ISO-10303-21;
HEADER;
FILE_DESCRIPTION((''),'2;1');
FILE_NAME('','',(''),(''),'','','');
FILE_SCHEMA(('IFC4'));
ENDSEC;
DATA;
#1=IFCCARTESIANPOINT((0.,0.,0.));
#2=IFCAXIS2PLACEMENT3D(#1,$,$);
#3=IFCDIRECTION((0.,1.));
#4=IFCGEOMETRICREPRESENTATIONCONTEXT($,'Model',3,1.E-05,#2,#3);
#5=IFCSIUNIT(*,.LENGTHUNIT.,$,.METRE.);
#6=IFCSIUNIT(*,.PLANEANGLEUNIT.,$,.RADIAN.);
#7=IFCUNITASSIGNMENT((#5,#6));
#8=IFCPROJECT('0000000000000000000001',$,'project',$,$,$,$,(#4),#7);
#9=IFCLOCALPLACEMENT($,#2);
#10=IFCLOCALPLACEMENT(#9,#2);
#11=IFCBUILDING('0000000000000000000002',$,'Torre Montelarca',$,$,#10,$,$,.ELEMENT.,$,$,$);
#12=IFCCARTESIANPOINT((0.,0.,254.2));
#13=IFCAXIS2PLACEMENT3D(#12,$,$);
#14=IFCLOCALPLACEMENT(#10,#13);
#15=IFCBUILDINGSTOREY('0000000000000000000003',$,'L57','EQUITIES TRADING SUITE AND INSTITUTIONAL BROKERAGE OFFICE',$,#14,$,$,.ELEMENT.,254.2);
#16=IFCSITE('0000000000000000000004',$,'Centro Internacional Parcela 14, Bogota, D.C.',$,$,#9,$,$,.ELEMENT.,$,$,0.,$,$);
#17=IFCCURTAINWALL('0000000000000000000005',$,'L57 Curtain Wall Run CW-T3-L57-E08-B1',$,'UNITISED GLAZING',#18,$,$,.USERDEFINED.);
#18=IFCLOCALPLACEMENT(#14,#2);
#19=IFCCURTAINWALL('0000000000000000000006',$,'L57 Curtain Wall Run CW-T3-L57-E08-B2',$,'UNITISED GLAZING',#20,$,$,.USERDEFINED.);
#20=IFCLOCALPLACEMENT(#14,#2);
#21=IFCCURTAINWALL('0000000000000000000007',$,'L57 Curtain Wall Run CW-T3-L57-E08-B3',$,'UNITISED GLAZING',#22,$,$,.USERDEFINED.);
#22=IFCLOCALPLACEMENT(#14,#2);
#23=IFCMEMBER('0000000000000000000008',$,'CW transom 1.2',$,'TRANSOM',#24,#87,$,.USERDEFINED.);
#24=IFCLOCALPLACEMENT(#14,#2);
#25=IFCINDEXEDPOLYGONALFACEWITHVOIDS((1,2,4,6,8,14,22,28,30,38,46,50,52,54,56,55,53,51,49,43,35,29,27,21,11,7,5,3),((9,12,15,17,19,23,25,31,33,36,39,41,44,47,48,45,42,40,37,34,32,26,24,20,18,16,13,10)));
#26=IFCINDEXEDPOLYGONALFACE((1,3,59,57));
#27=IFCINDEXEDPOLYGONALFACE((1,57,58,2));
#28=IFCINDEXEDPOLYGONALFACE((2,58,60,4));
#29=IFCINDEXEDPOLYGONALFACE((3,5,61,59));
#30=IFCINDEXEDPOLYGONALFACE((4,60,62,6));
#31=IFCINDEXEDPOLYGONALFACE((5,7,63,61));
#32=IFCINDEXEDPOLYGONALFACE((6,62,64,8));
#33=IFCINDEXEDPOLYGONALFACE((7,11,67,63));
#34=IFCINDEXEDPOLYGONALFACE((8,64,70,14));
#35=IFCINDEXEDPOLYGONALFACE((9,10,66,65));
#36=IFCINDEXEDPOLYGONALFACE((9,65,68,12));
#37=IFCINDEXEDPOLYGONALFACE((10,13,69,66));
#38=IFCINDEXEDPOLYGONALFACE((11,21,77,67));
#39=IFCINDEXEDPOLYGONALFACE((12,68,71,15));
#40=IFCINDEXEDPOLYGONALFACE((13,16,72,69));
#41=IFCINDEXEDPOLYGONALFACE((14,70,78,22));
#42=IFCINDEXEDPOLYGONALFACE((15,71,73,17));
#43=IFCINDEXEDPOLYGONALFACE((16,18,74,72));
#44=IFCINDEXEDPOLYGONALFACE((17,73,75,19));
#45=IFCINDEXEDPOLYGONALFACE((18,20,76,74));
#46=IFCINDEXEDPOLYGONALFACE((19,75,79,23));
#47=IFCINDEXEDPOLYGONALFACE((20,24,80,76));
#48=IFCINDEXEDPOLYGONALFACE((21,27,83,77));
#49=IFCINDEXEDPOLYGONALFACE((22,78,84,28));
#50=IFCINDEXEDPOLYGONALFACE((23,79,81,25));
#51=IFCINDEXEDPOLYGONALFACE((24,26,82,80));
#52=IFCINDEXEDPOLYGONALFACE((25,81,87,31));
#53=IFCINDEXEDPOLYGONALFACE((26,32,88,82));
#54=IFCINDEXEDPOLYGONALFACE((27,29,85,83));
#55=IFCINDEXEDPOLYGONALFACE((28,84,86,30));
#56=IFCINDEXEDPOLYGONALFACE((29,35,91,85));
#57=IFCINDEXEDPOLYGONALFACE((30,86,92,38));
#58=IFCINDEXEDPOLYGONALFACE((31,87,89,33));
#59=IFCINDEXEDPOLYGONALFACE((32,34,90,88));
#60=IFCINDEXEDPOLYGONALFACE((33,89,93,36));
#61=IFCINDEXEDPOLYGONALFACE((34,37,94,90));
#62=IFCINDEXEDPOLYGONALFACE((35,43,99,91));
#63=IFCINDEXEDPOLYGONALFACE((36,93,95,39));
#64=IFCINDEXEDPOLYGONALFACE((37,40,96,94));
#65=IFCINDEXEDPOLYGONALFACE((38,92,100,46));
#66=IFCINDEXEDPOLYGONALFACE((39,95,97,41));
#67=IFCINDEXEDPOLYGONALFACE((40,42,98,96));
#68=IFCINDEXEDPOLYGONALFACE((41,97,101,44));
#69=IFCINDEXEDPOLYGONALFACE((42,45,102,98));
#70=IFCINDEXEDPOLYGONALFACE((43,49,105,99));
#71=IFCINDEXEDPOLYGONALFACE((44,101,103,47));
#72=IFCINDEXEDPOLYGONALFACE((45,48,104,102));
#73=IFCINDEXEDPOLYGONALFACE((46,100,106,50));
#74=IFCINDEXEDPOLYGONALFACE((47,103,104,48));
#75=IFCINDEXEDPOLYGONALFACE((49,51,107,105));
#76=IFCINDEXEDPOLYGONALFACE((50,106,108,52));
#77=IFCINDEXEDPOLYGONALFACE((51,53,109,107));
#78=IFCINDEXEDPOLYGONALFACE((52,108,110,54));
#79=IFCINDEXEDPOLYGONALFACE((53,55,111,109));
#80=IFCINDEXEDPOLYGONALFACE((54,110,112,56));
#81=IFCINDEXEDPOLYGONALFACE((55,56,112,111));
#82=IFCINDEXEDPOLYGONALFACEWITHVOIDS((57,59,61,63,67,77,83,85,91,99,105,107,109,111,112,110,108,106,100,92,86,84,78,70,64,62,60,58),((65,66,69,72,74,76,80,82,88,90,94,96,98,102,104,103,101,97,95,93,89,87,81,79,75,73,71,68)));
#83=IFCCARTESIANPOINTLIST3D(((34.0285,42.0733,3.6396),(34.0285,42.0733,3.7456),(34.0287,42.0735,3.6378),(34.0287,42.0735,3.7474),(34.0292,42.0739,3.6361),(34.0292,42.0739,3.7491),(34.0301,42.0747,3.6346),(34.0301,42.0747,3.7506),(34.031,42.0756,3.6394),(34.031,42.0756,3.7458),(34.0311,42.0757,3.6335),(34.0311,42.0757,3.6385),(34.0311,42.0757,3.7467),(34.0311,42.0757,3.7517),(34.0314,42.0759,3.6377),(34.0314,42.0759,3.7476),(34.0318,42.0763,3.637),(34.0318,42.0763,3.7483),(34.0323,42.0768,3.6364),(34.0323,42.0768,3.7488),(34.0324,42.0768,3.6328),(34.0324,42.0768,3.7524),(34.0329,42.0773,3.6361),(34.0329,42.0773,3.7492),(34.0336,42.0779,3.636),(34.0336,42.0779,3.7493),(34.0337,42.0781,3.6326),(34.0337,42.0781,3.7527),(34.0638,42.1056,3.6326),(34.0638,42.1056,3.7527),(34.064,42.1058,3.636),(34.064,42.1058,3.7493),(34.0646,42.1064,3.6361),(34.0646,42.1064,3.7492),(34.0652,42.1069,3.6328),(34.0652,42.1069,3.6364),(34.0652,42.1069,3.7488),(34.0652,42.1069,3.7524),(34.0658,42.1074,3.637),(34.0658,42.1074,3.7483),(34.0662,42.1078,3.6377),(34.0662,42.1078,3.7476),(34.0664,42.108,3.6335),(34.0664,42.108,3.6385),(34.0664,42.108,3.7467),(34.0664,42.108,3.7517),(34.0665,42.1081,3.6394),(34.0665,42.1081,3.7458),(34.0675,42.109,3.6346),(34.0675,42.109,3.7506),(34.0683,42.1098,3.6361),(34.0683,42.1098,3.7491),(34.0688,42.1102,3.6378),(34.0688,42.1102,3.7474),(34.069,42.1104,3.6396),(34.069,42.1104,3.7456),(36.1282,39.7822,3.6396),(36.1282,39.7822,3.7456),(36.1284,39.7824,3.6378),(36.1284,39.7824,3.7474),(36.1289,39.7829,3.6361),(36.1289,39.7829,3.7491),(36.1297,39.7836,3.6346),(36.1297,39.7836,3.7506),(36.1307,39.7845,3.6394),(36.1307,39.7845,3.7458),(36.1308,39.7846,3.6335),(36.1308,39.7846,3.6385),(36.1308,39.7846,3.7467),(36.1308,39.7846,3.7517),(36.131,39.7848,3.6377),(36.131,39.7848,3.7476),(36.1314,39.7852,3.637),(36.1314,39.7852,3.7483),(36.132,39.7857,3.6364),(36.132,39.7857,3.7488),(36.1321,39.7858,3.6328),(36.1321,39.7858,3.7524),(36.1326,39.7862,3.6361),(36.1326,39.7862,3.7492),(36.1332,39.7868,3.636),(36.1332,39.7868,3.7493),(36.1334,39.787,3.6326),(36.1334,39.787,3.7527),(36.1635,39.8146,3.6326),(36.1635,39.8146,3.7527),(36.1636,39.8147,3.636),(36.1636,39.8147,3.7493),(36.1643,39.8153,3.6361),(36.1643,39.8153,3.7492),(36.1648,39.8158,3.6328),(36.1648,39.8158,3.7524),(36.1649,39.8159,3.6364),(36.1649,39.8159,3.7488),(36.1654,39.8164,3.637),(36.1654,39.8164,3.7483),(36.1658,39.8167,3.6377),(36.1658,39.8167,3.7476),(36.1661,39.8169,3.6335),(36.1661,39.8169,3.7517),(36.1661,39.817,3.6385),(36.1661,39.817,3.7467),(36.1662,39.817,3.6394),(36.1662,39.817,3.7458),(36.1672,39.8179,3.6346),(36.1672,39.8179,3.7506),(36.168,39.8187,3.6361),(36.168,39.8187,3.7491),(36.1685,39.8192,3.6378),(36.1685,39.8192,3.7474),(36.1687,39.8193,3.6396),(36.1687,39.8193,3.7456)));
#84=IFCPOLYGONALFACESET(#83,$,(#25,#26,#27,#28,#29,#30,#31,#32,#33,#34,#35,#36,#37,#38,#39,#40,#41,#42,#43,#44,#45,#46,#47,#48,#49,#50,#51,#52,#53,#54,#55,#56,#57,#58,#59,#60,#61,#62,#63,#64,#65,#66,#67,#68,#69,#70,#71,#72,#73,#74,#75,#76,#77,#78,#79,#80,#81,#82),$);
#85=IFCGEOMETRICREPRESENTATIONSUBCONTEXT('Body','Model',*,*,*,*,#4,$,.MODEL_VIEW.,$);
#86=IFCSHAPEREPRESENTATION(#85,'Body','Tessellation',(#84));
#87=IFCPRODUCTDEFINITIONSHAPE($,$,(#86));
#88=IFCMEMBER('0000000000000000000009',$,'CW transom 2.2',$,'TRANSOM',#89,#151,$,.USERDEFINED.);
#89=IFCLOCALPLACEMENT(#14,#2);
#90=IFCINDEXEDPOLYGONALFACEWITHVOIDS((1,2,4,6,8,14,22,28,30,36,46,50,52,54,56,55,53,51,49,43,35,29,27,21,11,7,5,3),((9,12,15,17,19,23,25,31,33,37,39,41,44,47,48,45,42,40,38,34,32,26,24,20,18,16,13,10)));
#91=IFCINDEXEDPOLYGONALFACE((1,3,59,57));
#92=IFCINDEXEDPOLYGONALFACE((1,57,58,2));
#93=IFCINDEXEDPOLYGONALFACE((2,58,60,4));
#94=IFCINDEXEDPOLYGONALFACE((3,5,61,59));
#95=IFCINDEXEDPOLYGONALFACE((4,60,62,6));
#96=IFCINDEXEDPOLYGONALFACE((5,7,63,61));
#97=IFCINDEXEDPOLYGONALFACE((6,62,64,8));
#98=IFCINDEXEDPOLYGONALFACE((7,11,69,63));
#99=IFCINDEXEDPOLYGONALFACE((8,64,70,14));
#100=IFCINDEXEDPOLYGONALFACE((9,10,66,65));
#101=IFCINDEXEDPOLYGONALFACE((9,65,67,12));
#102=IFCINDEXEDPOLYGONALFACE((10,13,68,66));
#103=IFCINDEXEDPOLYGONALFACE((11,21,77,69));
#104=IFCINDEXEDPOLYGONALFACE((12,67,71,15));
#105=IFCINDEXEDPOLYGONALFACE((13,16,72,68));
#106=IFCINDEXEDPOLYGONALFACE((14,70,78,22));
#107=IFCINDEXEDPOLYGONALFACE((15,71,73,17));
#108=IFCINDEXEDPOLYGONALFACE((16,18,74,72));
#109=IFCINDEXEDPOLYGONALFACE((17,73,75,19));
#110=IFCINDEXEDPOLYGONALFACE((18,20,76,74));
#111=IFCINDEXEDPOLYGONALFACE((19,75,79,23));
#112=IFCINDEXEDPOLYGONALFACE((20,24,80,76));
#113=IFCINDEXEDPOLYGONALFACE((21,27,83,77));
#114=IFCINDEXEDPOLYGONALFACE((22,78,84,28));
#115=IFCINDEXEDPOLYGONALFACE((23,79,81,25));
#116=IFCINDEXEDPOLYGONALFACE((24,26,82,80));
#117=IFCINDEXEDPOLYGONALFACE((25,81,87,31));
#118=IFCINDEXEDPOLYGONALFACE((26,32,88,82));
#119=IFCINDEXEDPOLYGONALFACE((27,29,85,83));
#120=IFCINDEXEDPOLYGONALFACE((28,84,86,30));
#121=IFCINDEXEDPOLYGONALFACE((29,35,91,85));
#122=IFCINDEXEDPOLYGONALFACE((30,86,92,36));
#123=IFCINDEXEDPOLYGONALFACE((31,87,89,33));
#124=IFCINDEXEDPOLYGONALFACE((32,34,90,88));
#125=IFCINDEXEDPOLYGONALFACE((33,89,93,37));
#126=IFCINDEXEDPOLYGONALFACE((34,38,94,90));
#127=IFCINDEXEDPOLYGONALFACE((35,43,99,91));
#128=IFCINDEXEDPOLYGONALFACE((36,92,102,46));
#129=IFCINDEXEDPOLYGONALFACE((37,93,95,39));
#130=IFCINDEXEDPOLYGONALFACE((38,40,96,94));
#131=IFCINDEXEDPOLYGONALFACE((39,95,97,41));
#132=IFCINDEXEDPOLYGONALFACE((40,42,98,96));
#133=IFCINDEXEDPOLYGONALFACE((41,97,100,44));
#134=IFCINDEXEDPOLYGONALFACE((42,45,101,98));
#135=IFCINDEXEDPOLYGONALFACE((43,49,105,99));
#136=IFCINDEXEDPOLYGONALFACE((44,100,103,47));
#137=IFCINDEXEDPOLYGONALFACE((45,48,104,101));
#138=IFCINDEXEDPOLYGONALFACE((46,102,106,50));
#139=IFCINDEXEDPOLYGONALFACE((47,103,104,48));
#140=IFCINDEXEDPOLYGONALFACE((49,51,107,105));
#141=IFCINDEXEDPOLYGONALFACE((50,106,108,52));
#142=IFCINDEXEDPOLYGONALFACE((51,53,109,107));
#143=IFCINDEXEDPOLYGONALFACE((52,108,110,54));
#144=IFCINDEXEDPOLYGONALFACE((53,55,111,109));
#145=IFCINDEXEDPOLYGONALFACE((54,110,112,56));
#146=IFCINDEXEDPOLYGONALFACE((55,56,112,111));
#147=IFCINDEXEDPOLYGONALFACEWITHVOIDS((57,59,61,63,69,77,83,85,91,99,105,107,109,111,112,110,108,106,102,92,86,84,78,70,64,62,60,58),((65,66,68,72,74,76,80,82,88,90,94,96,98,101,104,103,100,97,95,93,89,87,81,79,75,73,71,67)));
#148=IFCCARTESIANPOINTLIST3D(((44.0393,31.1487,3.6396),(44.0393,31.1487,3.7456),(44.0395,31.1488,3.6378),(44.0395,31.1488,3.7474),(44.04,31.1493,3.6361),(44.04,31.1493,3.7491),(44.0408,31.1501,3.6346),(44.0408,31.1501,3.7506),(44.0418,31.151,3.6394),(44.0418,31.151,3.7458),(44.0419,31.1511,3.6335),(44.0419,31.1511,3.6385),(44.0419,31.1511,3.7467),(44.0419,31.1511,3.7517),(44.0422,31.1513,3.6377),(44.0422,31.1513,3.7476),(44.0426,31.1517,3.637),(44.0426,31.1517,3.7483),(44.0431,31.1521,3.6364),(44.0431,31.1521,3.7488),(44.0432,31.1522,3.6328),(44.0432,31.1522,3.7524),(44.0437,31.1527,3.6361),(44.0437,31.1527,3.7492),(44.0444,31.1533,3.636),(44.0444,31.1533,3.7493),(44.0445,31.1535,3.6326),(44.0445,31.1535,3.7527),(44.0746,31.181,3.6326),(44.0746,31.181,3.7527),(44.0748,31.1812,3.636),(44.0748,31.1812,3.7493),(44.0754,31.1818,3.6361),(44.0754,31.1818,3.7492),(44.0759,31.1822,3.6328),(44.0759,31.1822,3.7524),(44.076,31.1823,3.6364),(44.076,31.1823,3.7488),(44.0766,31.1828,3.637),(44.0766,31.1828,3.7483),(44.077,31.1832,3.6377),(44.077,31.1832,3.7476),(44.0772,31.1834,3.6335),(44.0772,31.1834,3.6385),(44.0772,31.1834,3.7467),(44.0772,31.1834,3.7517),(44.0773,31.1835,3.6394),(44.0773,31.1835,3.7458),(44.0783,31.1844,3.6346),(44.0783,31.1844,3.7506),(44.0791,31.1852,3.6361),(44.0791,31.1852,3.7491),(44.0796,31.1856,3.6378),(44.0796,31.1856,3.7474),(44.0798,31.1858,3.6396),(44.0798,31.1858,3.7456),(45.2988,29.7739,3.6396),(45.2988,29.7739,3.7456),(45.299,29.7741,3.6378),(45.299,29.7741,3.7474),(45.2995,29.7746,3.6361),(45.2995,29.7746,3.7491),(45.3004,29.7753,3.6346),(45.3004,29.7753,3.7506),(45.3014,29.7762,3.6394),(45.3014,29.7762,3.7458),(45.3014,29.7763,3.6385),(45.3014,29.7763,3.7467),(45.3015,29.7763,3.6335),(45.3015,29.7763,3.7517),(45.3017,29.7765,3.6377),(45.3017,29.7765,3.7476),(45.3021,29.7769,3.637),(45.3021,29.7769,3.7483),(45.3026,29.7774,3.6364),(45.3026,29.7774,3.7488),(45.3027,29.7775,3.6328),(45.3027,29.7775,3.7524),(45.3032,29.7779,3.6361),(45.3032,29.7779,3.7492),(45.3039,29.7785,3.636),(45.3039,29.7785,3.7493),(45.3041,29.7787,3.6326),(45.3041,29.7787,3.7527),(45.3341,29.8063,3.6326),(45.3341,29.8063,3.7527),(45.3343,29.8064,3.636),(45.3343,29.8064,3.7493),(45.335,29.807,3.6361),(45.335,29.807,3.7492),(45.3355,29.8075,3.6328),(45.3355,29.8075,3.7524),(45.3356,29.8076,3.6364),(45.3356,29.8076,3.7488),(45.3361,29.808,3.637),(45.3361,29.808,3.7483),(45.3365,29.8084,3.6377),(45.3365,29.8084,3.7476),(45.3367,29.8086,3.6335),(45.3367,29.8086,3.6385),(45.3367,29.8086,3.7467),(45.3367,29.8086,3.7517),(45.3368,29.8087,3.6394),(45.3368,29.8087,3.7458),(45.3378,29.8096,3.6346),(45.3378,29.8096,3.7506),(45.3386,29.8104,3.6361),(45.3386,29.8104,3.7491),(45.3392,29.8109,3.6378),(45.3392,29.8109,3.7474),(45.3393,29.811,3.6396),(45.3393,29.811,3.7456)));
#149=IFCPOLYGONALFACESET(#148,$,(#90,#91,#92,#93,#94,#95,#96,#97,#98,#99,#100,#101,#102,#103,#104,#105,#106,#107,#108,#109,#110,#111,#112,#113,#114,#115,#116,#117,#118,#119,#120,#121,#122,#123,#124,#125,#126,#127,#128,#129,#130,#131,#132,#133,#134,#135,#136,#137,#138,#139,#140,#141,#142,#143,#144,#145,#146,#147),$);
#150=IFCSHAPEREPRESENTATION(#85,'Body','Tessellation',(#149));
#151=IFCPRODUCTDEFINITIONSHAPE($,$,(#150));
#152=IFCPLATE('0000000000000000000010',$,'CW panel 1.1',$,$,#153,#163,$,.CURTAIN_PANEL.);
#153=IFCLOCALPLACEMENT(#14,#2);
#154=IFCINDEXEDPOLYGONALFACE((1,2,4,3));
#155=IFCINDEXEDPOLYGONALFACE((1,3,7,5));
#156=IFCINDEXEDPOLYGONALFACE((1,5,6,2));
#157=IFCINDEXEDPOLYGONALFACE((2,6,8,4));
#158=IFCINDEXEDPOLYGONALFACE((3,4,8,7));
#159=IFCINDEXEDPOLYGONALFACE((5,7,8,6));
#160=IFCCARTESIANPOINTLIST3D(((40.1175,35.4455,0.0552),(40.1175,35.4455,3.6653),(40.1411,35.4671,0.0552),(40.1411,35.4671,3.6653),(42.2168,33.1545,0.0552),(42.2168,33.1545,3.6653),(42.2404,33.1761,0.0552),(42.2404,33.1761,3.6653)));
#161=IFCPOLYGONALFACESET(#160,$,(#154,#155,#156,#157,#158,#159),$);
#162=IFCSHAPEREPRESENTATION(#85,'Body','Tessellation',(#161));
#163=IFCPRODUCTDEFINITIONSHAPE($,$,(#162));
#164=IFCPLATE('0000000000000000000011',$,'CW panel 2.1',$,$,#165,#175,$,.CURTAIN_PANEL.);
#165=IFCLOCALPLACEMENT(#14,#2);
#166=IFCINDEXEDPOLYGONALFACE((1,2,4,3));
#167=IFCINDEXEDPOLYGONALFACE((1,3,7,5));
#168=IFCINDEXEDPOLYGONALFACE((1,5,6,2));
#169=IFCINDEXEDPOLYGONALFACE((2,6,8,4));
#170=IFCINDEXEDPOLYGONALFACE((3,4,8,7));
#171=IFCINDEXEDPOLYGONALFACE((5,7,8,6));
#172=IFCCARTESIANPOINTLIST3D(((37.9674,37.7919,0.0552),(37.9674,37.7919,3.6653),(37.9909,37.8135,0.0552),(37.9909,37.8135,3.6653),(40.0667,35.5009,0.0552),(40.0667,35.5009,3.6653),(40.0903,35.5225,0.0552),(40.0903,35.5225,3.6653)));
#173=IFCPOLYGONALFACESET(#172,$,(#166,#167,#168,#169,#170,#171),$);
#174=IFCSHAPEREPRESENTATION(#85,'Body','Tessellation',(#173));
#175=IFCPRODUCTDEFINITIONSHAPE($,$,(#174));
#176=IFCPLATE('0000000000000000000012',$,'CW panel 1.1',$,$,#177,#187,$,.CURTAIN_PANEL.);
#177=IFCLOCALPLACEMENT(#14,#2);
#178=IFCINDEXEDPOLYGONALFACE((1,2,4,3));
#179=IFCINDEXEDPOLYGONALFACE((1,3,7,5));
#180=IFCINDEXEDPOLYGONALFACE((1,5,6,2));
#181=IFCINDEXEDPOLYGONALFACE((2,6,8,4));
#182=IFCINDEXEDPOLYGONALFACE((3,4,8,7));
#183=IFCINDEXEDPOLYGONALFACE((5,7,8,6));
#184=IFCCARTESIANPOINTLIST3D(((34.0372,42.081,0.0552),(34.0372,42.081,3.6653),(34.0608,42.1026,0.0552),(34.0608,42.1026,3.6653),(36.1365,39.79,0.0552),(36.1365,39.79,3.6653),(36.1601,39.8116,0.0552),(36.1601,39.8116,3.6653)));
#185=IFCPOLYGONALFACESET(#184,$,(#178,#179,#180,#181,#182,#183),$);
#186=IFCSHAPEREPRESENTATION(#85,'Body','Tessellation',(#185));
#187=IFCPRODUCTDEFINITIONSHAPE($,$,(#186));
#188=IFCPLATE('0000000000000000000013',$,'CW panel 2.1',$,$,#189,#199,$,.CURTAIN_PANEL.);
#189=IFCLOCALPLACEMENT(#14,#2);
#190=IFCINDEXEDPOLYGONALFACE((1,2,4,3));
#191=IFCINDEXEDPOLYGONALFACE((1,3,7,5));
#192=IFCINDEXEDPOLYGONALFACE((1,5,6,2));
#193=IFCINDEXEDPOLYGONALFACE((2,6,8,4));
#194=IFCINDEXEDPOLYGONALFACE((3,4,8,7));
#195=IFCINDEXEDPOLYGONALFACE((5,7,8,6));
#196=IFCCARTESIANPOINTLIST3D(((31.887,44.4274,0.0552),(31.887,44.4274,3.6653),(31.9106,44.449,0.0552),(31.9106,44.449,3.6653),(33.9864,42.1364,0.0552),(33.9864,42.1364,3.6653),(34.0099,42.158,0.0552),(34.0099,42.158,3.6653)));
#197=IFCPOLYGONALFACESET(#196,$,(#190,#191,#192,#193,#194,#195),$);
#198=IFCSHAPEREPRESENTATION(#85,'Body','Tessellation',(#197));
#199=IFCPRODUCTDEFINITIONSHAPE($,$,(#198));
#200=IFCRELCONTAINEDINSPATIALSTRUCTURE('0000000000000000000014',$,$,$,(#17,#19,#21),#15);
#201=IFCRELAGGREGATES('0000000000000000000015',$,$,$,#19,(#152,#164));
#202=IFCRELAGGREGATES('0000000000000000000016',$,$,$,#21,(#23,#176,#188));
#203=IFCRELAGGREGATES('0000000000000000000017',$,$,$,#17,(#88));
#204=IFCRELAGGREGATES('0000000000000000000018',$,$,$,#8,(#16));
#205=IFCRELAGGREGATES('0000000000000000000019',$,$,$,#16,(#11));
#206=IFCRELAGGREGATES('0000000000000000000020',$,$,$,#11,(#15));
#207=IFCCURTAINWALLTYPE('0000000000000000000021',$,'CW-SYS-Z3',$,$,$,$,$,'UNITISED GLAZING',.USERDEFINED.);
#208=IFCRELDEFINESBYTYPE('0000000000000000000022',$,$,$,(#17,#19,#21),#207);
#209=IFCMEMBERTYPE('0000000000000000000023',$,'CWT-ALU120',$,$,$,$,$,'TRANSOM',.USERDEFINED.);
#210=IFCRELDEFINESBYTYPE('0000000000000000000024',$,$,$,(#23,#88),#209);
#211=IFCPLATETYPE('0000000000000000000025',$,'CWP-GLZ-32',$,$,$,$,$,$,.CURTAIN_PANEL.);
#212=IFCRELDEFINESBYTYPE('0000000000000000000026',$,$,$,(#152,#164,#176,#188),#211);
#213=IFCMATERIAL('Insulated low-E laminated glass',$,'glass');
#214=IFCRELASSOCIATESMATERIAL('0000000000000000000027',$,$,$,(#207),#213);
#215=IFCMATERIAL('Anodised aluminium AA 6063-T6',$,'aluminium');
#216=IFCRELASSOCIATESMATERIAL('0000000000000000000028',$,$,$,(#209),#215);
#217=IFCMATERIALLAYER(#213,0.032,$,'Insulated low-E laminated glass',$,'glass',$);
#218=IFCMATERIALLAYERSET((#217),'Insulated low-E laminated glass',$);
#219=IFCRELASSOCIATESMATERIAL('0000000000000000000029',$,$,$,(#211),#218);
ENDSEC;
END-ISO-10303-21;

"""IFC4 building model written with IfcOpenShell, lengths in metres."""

from ifc_helpers import new_model, si_unit, direction, frame, origin, origin_2d, place, context, subcontext, project, spatial, rectangle, hollow_rectangle, extrude, source, transform, mapped, material, layer, layer_set, material_profile, profile_set, type_object, element, aggregate, save


model = new_model("IFC4")

# Units and contexts
model_context = context("Model", 3, precision=1e-05, world=origin(), true_north=direction((0.0, 1.0)))
body_context = subcontext(model_context, "Body", "Model", "MODEL_VIEW")
ifc_project = project(units=[si_unit("LENGTHUNIT", "METRE"), si_unit("PLANEANGLEUNIT", "RADIAN")], contexts=[model_context])

# Site, building, storey
site_placement = place(None, origin())
site = spatial("IfcSite", under=ifc_project, at=site_placement, Name="Centro Internacional Parcela 14, Bogota, D.C.", CompositionType="ELEMENT", RefElevation=0.0)
building_placement = place(site_placement, origin())
building = spatial("IfcBuilding", under=site, at=building_placement, Name="Torre Montelarca", CompositionType="ELEMENT")
storey_placement = place(building_placement, frame((0.0, 0.0, 254.2)))
storey = spatial("IfcBuildingStorey", under=building, at=storey_placement, Name="L57", Description="EQUITIES TRADING SUITE AND INSTITUTIONAL BROKERAGE OFFICE", CompositionType="ELEMENT", Elevation=254.2)

# Curtain wall
ifc_material_1 = material(Name="Insulated low-E laminated glass", Category="glass")
curtain_wall_type = type_object("IfcCurtainWallType", Name="CW-SYS-Z3", ElementType="UNITISED GLAZING", PredefinedType="USERDEFINED", material=ifc_material_1)
curtain_wall_1_placement = place(storey_placement, origin())
curtain_wall_1 = element("IfcCurtainWall", 1, at=curtain_wall_1_placement, inside=storey, type_object=curtain_wall_type, Name="L57 Curtain Wall Run CW-T3-L57-E08-B1", ObjectType="UNITISED GLAZING", PredefinedType="USERDEFINED")
ifc_material_2 = material(Name="Anodised aluminium AA 6063-T6", Category="aluminium")

# Curtain walls
curtain_wall_2_placement = place(storey_placement, origin())
curtain_wall_2 = element("IfcCurtainWall", 2, at=curtain_wall_2_placement, inside=storey, type_object=curtain_wall_type, Name="L57 Curtain Wall Run CW-T3-L57-E08-B2", ObjectType="UNITISED GLAZING", PredefinedType="USERDEFINED")
curtain_wall_3_placement = place(storey_placement, origin())
curtain_wall_3 = element("IfcCurtainWall", 3, at=curtain_wall_3_placement, inside=storey, type_object=curtain_wall_type, Name="L57 Curtain Wall Run CW-T3-L57-E08-B3", ObjectType="UNITISED GLAZING", PredefinedType="USERDEFINED")

# Members
ifc_material_profile_1 = material_profile(ifc_material_2, hollow_rectangle(XDim=0.0549, YDim=0.1201, WallThickness=0.0034, InnerFilletRadius=0.0034, OuterFilletRadius=0.0071, at=origin_2d()), Name="ALU55X120X3.5", Category="aluminium")
ifc_profile_set_1 = profile_set([ifc_material_profile_1], Name="Anodised aluminium AA 6063-T6")
member_type_1 = type_object("IfcMemberType", Name="CWT-ALU120", ElementType="TRANSOM", PredefinedType="USERDEFINED", material=ifc_profile_set_1)
shared_shape_1 = source(origin(), body_context, "Body", "SweptSolid", [
    extrude(hollow_rectangle(XDim=0.0549, YDim=0.1201, WallThickness=0.0034, InnerFilletRadius=0.0034, OuterFilletRadius=0.0071, at=origin_2d()), origin(), (0.0, 0.0, 1.0), 3.1077),
])
member_1_placement = place(storey_placement, frame((36.1484, 39.8008, 3.6926), z_axis=(-0.675639, 0.737232, 0.0), x_axis=(-0.737232, -0.675639, 0.0)))
member_1 = element("IfcMember", 4, at=member_1_placement, type_object=member_type_1, Name="CW transom 1.2", ObjectType="TRANSOM", PredefinedType="USERDEFINED", context=body_context, shape_type="MappedRepresentation", body=[
    mapped(shared_shape_1, transform((0.0, 0.0, 0.0), scale=1.0)),
])
shared_shape_2 = source(origin(), body_context, "Body", "SweptSolid", [
    extrude(hollow_rectangle(XDim=0.0549, YDim=0.1201, WallThickness=0.0034, InnerFilletRadius=0.0034, OuterFilletRadius=0.0071, at=origin_2d()), origin(), (0.0, 0.0, 1.0), 1.8645),
])
member_2_placement = place(storey_placement, frame((45.3191, 29.7925, 3.6926), z_axis=(-0.675529, 0.737333, 0.0), x_axis=(-0.737333, -0.675529, 0.0)))
member_2 = element("IfcMember", 5, at=member_2_placement, type_object=member_type_1, Name="CW transom 2.2", ObjectType="TRANSOM", PredefinedType="USERDEFINED", context=body_context, shape_type="MappedRepresentation", body=[
    mapped(shared_shape_2, transform((0.0, 0.0, 0.0), scale=1.0)),
])

# Plates
ifc_layer_1 = layer(ifc_material_1, 0.032, Name="Insulated low-E laminated glass", Category="glass")
ifc_layer_set_1 = layer_set([ifc_layer_1], Name="Insulated low-E laminated glass")
plate_type = type_object("IfcPlateType", Name="CWP-GLZ-32", PredefinedType="CURTAIN_PANEL", material=ifc_layer_set_1)
shared_shape_3 = source(origin(), body_context, "Body", "SweptSolid", [
    extrude(rectangle(XDim=3.1074, YDim=0.032, at=origin_2d()), origin(), (0.0, 0.0, 1.0), 3.6101),
])
plate_1_placement = place(storey_placement, frame((41.179, 34.3108, 0.0552), z_axis=(0.0, 0.0, 1.0), x_axis=(-0.675588, 0.73728, 0.0)))
plate_1 = element("IfcPlate", 6, at=plate_1_placement, type_object=plate_type, Name="CW panel 1.1", PredefinedType="CURTAIN_PANEL", context=body_context, shape_type="MappedRepresentation", body=[
    mapped(shared_shape_3, transform((0.0, 0.0, 0.0), scale=1.0)),
])
plate_2_placement = place(storey_placement, frame((39.0288, 36.6572, 0.0552), z_axis=(0.0, 0.0, 1.0), x_axis=(-0.675588, 0.73728, 0.0)))
plate_2 = element("IfcPlate", 7, at=plate_2_placement, type_object=plate_type, Name="CW panel 2.1", PredefinedType="CURTAIN_PANEL", context=body_context, shape_type="MappedRepresentation", body=[
    mapped(shared_shape_3, transform((0.0, 0.0, 0.0), scale=1.0)),
])
aggregate(curtain_wall_2, [plate_1, plate_2])
plate_3_placement = place(storey_placement, frame((35.0986, 40.9463, 0.0552), z_axis=(0.0, 0.0, 1.0), x_axis=(-0.675588, 0.73728, 0.0)))
plate_3 = element("IfcPlate", 8, at=plate_3_placement, type_object=plate_type, Name="CW panel 1.1", PredefinedType="CURTAIN_PANEL", context=body_context, shape_type="MappedRepresentation", body=[
    mapped(shared_shape_3, transform((0.0, 0.0, 0.0), scale=1.0)),
])
plate_4_placement = place(storey_placement, frame((32.9485, 43.2927, 0.0552), z_axis=(0.0, 0.0, 1.0), x_axis=(-0.675588, 0.73728, 0.0)))
plate_4 = element("IfcPlate", 9, at=plate_4_placement, type_object=plate_type, Name="CW panel 2.1", PredefinedType="CURTAIN_PANEL", context=body_context, shape_type="MappedRepresentation", body=[
    mapped(shared_shape_3, transform((0.0, 0.0, 0.0), scale=1.0)),
])
aggregate(curtain_wall_3, [member_1, plate_3, plate_4])
aggregate(curtain_wall_1, [member_2])

save(model, "model.ifc")
